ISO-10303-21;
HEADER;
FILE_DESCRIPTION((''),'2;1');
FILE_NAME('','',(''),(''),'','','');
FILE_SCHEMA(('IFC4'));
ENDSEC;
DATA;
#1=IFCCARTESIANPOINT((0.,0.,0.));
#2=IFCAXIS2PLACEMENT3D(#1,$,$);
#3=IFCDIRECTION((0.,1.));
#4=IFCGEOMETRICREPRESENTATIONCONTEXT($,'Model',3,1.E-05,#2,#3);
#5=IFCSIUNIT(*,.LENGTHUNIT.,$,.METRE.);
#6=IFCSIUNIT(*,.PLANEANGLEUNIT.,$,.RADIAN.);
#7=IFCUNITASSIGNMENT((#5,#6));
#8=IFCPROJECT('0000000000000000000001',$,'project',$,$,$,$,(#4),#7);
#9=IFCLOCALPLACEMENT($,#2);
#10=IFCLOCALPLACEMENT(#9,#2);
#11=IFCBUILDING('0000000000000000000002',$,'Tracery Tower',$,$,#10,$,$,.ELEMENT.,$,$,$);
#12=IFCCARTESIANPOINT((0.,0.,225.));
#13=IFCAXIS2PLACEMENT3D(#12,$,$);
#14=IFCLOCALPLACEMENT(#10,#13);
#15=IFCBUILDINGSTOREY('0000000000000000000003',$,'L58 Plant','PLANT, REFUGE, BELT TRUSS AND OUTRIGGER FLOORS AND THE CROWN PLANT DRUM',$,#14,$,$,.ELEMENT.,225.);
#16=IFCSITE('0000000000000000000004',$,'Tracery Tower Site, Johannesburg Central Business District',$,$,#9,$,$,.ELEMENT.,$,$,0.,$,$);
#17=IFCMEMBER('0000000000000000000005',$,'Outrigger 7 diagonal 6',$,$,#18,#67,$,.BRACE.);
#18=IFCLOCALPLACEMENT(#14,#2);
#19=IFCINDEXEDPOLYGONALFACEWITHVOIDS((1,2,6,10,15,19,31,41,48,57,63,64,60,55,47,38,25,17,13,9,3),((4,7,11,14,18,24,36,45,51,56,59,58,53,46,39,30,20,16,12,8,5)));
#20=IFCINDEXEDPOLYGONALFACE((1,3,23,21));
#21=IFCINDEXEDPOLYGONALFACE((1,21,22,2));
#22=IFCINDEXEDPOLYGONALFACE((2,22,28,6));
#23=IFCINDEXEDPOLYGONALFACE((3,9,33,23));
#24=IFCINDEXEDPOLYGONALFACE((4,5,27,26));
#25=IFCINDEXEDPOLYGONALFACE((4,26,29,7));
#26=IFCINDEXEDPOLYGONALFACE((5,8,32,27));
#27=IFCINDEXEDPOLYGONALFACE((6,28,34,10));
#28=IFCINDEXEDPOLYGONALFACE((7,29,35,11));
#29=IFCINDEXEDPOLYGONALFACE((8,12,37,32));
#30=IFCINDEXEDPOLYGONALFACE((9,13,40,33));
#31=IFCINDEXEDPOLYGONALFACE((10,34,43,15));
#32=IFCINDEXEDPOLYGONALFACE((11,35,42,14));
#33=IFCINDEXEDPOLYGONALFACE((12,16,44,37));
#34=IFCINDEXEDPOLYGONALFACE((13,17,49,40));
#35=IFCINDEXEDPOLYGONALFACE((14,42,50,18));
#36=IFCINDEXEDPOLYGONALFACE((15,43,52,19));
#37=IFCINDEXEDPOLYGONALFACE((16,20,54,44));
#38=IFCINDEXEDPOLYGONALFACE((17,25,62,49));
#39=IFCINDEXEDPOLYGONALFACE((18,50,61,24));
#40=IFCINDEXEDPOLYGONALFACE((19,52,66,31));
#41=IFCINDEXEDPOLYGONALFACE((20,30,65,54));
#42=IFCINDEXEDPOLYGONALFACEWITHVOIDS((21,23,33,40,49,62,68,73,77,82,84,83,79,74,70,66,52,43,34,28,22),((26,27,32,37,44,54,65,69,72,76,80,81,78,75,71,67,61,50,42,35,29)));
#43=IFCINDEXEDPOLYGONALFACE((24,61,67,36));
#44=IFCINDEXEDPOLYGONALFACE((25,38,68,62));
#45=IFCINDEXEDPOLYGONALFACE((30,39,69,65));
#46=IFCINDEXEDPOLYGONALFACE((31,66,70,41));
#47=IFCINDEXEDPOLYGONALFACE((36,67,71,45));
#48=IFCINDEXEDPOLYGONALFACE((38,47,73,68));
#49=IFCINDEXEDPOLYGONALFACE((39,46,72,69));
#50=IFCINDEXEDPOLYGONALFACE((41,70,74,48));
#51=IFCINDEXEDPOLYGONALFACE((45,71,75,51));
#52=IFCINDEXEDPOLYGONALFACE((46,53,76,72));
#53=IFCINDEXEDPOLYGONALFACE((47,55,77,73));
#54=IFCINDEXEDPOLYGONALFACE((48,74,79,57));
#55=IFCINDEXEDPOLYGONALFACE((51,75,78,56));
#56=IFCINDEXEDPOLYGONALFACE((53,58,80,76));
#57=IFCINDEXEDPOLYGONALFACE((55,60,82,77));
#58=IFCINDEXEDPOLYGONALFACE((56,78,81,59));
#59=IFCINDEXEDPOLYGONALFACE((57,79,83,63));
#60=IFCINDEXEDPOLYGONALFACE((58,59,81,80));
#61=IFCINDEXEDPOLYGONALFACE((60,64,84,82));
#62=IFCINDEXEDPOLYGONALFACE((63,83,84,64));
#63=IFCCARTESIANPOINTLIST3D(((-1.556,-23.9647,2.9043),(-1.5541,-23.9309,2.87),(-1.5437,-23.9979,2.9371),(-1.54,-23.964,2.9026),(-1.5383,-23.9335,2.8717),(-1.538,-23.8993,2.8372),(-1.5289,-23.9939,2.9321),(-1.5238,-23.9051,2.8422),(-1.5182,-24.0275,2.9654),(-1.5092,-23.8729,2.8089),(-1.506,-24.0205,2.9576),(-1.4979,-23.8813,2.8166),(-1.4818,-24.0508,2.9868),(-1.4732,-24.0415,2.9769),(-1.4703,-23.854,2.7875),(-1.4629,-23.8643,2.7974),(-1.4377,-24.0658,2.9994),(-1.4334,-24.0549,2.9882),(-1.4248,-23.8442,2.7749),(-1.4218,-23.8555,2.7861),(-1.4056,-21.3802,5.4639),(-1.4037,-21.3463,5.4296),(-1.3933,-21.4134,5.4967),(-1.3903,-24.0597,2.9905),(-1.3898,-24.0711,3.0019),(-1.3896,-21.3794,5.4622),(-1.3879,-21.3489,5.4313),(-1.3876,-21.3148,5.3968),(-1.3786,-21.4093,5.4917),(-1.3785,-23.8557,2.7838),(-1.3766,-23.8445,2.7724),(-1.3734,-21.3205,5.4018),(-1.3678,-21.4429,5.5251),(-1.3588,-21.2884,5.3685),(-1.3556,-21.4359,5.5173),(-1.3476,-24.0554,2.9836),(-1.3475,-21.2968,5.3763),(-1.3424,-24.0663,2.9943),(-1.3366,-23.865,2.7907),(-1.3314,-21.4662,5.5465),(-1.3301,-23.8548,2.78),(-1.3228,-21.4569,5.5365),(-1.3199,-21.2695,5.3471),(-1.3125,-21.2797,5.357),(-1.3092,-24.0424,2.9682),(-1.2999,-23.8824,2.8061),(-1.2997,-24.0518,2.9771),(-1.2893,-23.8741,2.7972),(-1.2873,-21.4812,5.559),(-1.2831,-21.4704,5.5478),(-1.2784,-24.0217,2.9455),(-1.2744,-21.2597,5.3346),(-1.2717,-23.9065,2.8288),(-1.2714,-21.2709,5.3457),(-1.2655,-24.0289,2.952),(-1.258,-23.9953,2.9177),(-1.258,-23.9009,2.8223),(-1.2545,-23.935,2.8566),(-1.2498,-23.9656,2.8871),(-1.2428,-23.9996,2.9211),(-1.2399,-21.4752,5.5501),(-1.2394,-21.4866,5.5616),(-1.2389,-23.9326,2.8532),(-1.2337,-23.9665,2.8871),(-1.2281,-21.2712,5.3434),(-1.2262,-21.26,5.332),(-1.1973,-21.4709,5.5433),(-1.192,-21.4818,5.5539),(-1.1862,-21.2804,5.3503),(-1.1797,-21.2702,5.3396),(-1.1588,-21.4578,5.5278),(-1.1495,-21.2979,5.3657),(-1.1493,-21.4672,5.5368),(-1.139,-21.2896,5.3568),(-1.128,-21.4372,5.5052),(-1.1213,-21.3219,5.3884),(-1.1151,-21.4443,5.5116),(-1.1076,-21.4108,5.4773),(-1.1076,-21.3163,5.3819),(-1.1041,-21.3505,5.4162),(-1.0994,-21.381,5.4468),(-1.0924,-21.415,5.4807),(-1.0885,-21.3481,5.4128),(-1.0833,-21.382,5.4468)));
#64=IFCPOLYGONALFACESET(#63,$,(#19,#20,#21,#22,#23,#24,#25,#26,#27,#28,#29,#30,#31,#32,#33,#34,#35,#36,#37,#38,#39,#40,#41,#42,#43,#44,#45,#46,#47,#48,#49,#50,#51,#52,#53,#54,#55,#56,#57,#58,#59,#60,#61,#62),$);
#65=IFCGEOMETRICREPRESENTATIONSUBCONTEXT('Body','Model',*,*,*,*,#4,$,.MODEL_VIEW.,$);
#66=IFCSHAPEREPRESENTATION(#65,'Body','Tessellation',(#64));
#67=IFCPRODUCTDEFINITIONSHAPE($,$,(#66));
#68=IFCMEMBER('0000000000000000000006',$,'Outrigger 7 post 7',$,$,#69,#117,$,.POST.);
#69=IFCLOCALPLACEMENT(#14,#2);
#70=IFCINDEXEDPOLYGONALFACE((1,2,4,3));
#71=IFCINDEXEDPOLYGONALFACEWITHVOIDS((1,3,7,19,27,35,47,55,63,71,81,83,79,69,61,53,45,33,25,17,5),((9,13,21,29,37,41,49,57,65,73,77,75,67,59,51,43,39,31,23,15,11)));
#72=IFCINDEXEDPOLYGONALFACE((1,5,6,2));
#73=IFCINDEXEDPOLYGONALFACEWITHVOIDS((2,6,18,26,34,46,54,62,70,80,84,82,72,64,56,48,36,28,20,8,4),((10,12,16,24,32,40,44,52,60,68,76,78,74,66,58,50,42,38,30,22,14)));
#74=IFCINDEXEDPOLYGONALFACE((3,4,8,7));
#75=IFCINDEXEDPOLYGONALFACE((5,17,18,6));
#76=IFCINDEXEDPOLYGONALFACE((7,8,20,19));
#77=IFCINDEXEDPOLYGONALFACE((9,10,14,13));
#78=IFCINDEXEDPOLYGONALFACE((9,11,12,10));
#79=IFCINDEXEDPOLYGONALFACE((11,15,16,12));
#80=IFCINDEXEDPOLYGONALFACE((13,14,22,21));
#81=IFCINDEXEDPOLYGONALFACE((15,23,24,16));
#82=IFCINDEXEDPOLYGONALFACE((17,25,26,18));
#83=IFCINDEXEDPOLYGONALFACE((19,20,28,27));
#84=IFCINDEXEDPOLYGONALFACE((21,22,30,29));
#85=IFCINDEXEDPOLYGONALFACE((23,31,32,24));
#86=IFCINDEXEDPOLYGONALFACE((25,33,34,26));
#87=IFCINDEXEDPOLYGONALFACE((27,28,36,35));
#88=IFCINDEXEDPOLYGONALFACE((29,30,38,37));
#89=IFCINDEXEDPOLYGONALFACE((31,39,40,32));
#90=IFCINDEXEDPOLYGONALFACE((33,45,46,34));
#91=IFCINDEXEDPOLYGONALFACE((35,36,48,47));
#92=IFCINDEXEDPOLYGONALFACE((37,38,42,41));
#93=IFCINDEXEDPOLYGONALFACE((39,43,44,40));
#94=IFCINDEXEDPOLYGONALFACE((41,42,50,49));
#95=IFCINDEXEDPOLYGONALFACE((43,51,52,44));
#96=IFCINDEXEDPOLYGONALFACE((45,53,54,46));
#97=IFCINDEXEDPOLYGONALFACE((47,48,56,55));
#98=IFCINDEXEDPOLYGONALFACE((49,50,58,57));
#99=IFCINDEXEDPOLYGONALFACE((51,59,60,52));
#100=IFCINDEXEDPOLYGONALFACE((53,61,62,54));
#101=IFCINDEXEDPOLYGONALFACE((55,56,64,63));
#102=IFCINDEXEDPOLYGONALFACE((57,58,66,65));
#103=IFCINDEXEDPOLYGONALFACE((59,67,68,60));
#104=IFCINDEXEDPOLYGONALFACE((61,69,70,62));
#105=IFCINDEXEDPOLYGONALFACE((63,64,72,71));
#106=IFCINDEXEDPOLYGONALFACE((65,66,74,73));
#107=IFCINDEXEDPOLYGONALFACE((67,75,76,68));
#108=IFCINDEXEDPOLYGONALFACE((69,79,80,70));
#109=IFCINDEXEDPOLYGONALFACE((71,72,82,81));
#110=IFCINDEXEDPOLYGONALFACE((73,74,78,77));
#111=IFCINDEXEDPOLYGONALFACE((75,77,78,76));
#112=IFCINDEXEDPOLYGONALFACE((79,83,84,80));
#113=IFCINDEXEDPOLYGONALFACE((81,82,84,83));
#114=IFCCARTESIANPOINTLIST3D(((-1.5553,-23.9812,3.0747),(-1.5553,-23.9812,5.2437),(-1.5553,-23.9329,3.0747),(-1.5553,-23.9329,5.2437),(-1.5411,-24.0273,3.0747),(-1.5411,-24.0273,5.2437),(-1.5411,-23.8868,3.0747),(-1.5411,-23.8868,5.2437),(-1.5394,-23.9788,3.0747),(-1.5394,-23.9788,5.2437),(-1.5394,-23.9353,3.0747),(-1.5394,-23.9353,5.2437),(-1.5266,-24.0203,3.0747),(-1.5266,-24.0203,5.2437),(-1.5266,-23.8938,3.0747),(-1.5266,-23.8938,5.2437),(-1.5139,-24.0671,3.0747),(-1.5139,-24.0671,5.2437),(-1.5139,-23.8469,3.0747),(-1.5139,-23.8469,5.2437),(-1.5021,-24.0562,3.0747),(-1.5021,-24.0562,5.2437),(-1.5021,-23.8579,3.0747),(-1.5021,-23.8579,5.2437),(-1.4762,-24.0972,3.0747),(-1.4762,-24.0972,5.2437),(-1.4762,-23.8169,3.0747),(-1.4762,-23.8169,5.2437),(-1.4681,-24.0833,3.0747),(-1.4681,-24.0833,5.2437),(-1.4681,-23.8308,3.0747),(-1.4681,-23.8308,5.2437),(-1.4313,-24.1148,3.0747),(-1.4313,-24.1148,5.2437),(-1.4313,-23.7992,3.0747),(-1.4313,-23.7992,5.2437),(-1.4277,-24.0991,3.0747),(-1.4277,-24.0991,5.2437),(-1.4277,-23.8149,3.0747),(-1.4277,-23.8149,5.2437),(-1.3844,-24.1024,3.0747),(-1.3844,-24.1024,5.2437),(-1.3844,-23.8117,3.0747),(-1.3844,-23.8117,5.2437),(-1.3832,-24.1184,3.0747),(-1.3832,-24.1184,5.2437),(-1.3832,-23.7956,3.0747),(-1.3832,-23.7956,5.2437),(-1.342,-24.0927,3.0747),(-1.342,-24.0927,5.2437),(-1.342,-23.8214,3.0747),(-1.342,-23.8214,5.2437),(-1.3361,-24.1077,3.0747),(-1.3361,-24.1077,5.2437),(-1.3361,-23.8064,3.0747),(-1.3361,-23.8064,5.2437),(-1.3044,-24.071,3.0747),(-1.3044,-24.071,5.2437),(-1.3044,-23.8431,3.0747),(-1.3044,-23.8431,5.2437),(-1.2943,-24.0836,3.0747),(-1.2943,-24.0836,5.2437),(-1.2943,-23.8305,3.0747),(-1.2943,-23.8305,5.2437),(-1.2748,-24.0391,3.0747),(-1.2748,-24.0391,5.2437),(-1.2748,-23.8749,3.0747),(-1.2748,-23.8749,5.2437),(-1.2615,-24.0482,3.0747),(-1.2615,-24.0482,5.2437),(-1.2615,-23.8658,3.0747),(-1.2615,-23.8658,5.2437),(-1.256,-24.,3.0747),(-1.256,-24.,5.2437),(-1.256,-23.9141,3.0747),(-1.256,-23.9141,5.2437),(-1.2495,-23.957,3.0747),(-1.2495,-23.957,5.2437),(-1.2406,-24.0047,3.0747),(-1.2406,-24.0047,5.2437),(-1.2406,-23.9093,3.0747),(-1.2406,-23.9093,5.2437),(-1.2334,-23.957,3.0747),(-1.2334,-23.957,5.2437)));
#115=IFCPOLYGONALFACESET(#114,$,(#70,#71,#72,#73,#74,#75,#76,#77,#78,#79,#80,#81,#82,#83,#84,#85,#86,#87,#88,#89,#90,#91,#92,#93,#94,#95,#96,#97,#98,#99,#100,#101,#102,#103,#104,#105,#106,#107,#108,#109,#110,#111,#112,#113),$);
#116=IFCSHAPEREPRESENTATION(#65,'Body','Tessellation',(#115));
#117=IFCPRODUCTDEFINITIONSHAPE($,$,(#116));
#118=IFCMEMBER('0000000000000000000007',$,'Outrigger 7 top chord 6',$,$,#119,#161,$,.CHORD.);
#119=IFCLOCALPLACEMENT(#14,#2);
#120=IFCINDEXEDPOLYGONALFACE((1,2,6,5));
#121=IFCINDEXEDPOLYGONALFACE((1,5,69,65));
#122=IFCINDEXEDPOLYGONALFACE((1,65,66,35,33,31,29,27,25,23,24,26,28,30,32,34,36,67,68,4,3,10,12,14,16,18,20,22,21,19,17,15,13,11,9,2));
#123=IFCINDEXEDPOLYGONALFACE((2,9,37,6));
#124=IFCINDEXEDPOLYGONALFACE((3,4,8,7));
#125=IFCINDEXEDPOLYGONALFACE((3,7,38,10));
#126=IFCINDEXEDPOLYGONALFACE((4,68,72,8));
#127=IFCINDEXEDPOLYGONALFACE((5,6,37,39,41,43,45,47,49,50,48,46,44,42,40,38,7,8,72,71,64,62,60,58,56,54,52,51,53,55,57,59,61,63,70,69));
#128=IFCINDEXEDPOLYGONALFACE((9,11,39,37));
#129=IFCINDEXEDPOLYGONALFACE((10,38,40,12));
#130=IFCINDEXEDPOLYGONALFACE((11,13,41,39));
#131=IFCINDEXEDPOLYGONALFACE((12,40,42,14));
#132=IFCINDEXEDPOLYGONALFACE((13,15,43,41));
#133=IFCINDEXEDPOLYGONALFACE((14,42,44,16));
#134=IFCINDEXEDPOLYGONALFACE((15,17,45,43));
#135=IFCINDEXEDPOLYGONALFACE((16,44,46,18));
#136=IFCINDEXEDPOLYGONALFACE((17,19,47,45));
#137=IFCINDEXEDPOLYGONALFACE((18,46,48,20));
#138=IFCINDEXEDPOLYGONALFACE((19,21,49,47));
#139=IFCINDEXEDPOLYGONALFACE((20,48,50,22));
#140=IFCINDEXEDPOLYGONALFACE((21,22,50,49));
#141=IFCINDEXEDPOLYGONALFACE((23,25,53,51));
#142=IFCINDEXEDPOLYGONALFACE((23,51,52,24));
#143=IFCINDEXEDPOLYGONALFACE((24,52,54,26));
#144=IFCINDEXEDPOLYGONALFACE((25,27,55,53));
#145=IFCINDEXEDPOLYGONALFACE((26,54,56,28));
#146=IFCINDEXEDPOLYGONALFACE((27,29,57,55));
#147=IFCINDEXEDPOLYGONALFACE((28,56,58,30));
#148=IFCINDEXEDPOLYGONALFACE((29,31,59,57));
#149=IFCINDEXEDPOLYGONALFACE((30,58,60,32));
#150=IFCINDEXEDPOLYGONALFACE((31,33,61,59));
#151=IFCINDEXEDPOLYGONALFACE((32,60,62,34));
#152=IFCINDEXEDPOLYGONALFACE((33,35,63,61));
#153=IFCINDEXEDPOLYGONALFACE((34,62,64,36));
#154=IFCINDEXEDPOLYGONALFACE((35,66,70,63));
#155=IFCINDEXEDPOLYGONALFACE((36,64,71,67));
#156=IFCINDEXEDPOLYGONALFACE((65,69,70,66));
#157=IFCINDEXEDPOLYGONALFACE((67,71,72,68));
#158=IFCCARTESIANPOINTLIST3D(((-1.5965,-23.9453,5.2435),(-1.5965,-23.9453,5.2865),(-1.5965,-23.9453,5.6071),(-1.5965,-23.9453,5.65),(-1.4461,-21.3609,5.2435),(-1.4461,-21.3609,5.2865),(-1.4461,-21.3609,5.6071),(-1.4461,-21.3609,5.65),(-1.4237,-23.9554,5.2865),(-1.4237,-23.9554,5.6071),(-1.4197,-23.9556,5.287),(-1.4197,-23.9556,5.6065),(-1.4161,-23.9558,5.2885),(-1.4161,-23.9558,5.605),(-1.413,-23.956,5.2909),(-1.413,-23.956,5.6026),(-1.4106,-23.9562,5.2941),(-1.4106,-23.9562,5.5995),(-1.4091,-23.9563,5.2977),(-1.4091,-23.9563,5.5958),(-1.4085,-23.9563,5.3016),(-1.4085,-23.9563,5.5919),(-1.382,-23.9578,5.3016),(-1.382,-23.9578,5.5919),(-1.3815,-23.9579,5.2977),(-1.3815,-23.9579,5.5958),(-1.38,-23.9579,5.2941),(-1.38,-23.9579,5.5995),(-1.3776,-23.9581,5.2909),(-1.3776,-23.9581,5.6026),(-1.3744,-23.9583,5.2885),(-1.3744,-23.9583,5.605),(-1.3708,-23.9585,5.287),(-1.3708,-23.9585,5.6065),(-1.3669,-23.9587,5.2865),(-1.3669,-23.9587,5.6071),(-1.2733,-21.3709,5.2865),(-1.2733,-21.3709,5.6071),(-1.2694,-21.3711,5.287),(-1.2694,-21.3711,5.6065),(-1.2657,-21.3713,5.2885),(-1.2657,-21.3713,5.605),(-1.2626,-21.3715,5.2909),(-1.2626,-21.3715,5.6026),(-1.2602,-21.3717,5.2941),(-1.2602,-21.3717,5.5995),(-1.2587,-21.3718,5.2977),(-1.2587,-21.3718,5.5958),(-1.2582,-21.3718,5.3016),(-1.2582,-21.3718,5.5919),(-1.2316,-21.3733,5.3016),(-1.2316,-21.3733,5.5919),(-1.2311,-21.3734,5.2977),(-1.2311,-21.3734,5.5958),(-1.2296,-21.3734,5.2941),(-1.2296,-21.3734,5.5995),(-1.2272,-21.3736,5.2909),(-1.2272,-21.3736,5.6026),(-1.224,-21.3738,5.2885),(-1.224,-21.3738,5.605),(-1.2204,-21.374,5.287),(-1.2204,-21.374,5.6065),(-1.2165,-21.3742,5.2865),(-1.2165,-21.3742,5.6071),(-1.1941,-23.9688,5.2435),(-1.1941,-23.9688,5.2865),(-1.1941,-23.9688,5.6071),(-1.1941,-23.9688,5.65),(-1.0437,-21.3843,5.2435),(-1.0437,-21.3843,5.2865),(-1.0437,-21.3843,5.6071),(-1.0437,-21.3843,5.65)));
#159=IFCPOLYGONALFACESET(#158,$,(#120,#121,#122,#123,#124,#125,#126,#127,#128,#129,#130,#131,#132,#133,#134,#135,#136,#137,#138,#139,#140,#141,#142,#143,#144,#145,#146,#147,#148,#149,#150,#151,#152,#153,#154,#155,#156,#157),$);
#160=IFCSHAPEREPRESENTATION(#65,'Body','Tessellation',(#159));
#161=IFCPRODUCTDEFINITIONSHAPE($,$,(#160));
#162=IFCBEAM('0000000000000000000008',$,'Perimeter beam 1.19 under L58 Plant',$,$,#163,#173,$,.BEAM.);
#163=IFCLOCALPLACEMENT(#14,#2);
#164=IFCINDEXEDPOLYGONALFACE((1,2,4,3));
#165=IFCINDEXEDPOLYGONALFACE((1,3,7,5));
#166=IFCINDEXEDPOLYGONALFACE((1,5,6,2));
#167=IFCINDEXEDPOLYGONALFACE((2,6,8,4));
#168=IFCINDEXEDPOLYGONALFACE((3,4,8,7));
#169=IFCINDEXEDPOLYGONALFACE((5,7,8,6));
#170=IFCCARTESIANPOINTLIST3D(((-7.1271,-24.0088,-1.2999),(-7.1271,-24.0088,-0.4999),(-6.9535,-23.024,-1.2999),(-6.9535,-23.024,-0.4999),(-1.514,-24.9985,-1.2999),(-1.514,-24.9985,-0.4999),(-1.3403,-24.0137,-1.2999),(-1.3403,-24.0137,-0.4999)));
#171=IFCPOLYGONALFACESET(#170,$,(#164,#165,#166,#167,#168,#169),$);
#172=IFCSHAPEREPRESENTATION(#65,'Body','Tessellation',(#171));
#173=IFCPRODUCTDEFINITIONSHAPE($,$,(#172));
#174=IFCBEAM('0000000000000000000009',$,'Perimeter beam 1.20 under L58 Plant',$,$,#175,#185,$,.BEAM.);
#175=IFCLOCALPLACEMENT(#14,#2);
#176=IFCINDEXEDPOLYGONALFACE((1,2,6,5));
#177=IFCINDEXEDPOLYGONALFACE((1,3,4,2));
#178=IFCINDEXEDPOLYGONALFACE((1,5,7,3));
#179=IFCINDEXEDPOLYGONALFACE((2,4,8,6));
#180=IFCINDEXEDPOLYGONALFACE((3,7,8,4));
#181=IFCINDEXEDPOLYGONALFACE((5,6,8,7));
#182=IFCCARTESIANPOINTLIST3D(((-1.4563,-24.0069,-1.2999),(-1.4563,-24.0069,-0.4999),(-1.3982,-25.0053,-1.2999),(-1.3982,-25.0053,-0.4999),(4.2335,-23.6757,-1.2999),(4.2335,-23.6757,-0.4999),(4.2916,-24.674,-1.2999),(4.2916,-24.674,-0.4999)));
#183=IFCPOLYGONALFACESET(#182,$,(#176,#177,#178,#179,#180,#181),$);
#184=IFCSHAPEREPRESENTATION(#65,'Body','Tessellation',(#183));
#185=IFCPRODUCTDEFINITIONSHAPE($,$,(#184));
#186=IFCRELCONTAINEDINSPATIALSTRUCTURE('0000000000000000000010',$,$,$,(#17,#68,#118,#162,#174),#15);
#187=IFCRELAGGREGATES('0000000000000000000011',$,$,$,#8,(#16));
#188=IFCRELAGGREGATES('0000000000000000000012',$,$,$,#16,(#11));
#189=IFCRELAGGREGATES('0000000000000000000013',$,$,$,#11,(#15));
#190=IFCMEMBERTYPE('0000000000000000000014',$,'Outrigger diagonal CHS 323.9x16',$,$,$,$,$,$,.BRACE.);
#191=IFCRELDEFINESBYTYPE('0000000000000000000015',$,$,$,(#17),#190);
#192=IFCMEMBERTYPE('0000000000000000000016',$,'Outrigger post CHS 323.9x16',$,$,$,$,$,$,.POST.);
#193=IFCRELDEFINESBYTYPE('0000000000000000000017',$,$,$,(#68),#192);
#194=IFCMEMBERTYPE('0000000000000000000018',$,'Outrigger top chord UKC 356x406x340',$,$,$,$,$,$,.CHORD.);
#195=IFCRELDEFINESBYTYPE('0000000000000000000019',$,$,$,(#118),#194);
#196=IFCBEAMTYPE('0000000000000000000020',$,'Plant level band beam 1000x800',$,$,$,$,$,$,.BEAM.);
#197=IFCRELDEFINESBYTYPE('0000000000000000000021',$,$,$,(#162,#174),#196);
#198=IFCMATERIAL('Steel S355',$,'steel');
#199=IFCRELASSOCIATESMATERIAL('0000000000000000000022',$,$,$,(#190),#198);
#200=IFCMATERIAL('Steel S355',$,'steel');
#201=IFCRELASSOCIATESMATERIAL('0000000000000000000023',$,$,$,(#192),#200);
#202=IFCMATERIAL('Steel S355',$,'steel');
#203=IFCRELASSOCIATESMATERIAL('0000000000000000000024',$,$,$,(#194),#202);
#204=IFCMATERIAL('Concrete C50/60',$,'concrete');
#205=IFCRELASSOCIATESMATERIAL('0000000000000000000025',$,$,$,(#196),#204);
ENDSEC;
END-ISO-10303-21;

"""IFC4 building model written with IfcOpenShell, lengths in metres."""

from ifc_helpers import new_model, si_unit, direction, frame, origin, origin_2d, place, context, subcontext, project, spatial, rectangle, hollow_circle, i_section, extrude, material, material_profile, profile_set, type_object, element, save


model = new_model("IFC4")

# Units and contexts
model_context = context("Model", 3, precision=1e-05, world=origin(), true_north=direction((0.0, 1.0)))
body_context = subcontext(model_context, "Body", "Model", "MODEL_VIEW")
ifc_project = project(units=[si_unit("LENGTHUNIT", "METRE"), si_unit("PLANEANGLEUNIT", "RADIAN")], contexts=[model_context])

# Site, building, storey
site_placement = place(None, origin())
site = spatial("IfcSite", under=ifc_project, at=site_placement, Name="Tracery Tower Site, Johannesburg Central Business District", CompositionType="ELEMENT", RefElevation=0.0)
building_placement = place(site_placement, origin())
building = spatial("IfcBuilding", under=site, at=building_placement, Name="Tracery Tower", CompositionType="ELEMENT")
storey_placement = place(building_placement, frame((0.0, 0.0, 225.0)))
storey = spatial("IfcBuildingStorey", under=building, at=storey_placement, Name="L58 Plant", Description="PLANT, REFUGE, BELT TRUSS AND OUTRIGGER FLOORS AND THE CROWN PLANT DRUM", CompositionType="ELEMENT", Elevation=225.0)

# Members
ifc_material_1 = material(Name="Steel S355", Category="steel")
ifc_material_profile_1 = material_profile(ifc_material_1, hollow_circle(Radius=0.1619, WallThickness=0.0161, at=origin_2d()), Name="CHS 323.9x16")
ifc_profile_set_1 = profile_set([ifc_material_profile_1], Name="Steel S355")
member_type_1 = type_object("IfcMemberType", Name="Outrigger diagonal CHS 323.9x16", PredefinedType="BRACE", material=ifc_profile_set_1)
member_1_placement = place(storey_placement, frame((-1.2449, -21.3726, 5.4468), z_axis=(-0.04131, -0.709915, -0.703075), x_axis=(0.998311, -0.058092, 0.0)))
element("IfcMember", 1, at=member_1_placement, inside=storey, type_object=member_type_1, Name="Outrigger 7 diagonal 6", PredefinedType="BRACE", context=body_context, shape_type="SweptSolid", body=[
    extrude(hollow_circle(Radius=0.1619, WallThickness=0.0161, at=origin_2d()), origin(), (0.0, 0.0, 1.0), 3.6406),
])
ifc_material_2 = material(Name="Steel S355", Category="steel")
ifc_material_profile_2 = material_profile(ifc_material_2, hollow_circle(Radius=0.1619, WallThickness=0.0161, at=origin_2d()), Name="CHS 323.9x16")
ifc_profile_set_2 = profile_set([ifc_material_profile_2], Name="Steel S355")
member_type_2 = type_object("IfcMemberType", Name="Outrigger post CHS 323.9x16", PredefinedType="POST", material=ifc_profile_set_2)
member_2_placement = place(storey_placement, frame((-1.3953, -23.957, 3.0747), z_axis=(0.0, 0.0, 1.0), x_axis=(1.0, 0.0, 0.0)))
element("IfcMember", 2, at=member_2_placement, inside=storey, type_object=member_type_2, Name="Outrigger 7 post 7", PredefinedType="POST", context=body_context, shape_type="SweptSolid", body=[
    extrude(hollow_circle(Radius=0.1619, WallThickness=0.0161, at=origin_2d()), origin(), (0.0, 0.0, 1.0), 2.1689),
])
ifc_material_3 = material(Name="Steel S355", Category="steel")
ifc_material_profile_3 = material_profile(ifc_material_3, i_section(OverallWidth=0.4031, OverallDepth=0.4065, WebThickness=0.0266, FlangeThickness=0.043, FilletRadius=0.0151, at=origin_2d()), Name="UKC 356x406x340")
ifc_profile_set_3 = profile_set([ifc_material_profile_3], Name="Steel S355")
member_type_3 = type_object("IfcMemberType", Name="Outrigger top chord UKC 356x406x340", PredefinedType="CHORD", material=ifc_profile_set_3)
member_3_placement = place(storey_placement, frame((-1.2449, -21.3726, 5.4468), z_axis=(-0.058092, -0.998311, 0.0), x_axis=(0.998311, -0.058092, 0.0)))
element("IfcMember", 3, at=member_3_placement, inside=storey, type_object=member_type_3, Name="Outrigger 7 top chord 6", PredefinedType="CHORD", context=body_context, shape_type="SweptSolid", body=[
    extrude(i_section(OverallWidth=0.4031, OverallDepth=0.4065, WebThickness=0.0266, FlangeThickness=0.043, FilletRadius=0.0151, at=origin_2d()), origin(), (0.0, 0.0, 1.0), 2.5889),
])

# Beams
ifc_material_4 = material(Name="Concrete C50/60", Category="concrete")
ifc_material_profile_4 = material_profile(ifc_material_4, rectangle(XDim=1.0, YDim=0.8, at=origin_2d()), Name="RC 1000x800")
ifc_profile_set_4 = profile_set([ifc_material_profile_4], Name="Concrete C50/60")
beam_type = type_object("IfcBeamType", Name="Plant level band beam 1000x800", PredefinedType="BEAM", material=ifc_profile_set_4)
beam_1_placement = place(storey_placement, frame((-7.0403, -23.5164, -0.8999), z_axis=(0.984807, -0.173651, 0.0), x_axis=(0.173651, 0.984807, 0.0)))
element("IfcBeam", 4, at=beam_1_placement, inside=storey, type_object=beam_type, Name="Perimeter beam 1.19 under L58 Plant", PredefinedType="BEAM", context=body_context, shape_type="SweptSolid", body=[
    extrude(rectangle(XDim=1.0, YDim=0.8, at=origin_2d()), origin(), (0.0, 0.0, 1.0), 5.6997),
])
beam_2_placement = place(storey_placement, frame((-1.4272, -24.5061, -0.8999), z_axis=(0.998309, 0.058127, 0.0), x_axis=(-0.058127, 0.998309, 0.0)))
element("IfcBeam", 5, at=beam_2_placement, inside=storey, type_object=beam_type, Name="Perimeter beam 1.20 under L58 Plant", PredefinedType="BEAM", context=body_context, shape_type="SweptSolid", body=[
    extrude(rectangle(XDim=1.0, YDim=0.8, at=origin_2d()), origin(), (0.0, 0.0, 1.0), 5.6995),
])

save(model, "model.ifc")
